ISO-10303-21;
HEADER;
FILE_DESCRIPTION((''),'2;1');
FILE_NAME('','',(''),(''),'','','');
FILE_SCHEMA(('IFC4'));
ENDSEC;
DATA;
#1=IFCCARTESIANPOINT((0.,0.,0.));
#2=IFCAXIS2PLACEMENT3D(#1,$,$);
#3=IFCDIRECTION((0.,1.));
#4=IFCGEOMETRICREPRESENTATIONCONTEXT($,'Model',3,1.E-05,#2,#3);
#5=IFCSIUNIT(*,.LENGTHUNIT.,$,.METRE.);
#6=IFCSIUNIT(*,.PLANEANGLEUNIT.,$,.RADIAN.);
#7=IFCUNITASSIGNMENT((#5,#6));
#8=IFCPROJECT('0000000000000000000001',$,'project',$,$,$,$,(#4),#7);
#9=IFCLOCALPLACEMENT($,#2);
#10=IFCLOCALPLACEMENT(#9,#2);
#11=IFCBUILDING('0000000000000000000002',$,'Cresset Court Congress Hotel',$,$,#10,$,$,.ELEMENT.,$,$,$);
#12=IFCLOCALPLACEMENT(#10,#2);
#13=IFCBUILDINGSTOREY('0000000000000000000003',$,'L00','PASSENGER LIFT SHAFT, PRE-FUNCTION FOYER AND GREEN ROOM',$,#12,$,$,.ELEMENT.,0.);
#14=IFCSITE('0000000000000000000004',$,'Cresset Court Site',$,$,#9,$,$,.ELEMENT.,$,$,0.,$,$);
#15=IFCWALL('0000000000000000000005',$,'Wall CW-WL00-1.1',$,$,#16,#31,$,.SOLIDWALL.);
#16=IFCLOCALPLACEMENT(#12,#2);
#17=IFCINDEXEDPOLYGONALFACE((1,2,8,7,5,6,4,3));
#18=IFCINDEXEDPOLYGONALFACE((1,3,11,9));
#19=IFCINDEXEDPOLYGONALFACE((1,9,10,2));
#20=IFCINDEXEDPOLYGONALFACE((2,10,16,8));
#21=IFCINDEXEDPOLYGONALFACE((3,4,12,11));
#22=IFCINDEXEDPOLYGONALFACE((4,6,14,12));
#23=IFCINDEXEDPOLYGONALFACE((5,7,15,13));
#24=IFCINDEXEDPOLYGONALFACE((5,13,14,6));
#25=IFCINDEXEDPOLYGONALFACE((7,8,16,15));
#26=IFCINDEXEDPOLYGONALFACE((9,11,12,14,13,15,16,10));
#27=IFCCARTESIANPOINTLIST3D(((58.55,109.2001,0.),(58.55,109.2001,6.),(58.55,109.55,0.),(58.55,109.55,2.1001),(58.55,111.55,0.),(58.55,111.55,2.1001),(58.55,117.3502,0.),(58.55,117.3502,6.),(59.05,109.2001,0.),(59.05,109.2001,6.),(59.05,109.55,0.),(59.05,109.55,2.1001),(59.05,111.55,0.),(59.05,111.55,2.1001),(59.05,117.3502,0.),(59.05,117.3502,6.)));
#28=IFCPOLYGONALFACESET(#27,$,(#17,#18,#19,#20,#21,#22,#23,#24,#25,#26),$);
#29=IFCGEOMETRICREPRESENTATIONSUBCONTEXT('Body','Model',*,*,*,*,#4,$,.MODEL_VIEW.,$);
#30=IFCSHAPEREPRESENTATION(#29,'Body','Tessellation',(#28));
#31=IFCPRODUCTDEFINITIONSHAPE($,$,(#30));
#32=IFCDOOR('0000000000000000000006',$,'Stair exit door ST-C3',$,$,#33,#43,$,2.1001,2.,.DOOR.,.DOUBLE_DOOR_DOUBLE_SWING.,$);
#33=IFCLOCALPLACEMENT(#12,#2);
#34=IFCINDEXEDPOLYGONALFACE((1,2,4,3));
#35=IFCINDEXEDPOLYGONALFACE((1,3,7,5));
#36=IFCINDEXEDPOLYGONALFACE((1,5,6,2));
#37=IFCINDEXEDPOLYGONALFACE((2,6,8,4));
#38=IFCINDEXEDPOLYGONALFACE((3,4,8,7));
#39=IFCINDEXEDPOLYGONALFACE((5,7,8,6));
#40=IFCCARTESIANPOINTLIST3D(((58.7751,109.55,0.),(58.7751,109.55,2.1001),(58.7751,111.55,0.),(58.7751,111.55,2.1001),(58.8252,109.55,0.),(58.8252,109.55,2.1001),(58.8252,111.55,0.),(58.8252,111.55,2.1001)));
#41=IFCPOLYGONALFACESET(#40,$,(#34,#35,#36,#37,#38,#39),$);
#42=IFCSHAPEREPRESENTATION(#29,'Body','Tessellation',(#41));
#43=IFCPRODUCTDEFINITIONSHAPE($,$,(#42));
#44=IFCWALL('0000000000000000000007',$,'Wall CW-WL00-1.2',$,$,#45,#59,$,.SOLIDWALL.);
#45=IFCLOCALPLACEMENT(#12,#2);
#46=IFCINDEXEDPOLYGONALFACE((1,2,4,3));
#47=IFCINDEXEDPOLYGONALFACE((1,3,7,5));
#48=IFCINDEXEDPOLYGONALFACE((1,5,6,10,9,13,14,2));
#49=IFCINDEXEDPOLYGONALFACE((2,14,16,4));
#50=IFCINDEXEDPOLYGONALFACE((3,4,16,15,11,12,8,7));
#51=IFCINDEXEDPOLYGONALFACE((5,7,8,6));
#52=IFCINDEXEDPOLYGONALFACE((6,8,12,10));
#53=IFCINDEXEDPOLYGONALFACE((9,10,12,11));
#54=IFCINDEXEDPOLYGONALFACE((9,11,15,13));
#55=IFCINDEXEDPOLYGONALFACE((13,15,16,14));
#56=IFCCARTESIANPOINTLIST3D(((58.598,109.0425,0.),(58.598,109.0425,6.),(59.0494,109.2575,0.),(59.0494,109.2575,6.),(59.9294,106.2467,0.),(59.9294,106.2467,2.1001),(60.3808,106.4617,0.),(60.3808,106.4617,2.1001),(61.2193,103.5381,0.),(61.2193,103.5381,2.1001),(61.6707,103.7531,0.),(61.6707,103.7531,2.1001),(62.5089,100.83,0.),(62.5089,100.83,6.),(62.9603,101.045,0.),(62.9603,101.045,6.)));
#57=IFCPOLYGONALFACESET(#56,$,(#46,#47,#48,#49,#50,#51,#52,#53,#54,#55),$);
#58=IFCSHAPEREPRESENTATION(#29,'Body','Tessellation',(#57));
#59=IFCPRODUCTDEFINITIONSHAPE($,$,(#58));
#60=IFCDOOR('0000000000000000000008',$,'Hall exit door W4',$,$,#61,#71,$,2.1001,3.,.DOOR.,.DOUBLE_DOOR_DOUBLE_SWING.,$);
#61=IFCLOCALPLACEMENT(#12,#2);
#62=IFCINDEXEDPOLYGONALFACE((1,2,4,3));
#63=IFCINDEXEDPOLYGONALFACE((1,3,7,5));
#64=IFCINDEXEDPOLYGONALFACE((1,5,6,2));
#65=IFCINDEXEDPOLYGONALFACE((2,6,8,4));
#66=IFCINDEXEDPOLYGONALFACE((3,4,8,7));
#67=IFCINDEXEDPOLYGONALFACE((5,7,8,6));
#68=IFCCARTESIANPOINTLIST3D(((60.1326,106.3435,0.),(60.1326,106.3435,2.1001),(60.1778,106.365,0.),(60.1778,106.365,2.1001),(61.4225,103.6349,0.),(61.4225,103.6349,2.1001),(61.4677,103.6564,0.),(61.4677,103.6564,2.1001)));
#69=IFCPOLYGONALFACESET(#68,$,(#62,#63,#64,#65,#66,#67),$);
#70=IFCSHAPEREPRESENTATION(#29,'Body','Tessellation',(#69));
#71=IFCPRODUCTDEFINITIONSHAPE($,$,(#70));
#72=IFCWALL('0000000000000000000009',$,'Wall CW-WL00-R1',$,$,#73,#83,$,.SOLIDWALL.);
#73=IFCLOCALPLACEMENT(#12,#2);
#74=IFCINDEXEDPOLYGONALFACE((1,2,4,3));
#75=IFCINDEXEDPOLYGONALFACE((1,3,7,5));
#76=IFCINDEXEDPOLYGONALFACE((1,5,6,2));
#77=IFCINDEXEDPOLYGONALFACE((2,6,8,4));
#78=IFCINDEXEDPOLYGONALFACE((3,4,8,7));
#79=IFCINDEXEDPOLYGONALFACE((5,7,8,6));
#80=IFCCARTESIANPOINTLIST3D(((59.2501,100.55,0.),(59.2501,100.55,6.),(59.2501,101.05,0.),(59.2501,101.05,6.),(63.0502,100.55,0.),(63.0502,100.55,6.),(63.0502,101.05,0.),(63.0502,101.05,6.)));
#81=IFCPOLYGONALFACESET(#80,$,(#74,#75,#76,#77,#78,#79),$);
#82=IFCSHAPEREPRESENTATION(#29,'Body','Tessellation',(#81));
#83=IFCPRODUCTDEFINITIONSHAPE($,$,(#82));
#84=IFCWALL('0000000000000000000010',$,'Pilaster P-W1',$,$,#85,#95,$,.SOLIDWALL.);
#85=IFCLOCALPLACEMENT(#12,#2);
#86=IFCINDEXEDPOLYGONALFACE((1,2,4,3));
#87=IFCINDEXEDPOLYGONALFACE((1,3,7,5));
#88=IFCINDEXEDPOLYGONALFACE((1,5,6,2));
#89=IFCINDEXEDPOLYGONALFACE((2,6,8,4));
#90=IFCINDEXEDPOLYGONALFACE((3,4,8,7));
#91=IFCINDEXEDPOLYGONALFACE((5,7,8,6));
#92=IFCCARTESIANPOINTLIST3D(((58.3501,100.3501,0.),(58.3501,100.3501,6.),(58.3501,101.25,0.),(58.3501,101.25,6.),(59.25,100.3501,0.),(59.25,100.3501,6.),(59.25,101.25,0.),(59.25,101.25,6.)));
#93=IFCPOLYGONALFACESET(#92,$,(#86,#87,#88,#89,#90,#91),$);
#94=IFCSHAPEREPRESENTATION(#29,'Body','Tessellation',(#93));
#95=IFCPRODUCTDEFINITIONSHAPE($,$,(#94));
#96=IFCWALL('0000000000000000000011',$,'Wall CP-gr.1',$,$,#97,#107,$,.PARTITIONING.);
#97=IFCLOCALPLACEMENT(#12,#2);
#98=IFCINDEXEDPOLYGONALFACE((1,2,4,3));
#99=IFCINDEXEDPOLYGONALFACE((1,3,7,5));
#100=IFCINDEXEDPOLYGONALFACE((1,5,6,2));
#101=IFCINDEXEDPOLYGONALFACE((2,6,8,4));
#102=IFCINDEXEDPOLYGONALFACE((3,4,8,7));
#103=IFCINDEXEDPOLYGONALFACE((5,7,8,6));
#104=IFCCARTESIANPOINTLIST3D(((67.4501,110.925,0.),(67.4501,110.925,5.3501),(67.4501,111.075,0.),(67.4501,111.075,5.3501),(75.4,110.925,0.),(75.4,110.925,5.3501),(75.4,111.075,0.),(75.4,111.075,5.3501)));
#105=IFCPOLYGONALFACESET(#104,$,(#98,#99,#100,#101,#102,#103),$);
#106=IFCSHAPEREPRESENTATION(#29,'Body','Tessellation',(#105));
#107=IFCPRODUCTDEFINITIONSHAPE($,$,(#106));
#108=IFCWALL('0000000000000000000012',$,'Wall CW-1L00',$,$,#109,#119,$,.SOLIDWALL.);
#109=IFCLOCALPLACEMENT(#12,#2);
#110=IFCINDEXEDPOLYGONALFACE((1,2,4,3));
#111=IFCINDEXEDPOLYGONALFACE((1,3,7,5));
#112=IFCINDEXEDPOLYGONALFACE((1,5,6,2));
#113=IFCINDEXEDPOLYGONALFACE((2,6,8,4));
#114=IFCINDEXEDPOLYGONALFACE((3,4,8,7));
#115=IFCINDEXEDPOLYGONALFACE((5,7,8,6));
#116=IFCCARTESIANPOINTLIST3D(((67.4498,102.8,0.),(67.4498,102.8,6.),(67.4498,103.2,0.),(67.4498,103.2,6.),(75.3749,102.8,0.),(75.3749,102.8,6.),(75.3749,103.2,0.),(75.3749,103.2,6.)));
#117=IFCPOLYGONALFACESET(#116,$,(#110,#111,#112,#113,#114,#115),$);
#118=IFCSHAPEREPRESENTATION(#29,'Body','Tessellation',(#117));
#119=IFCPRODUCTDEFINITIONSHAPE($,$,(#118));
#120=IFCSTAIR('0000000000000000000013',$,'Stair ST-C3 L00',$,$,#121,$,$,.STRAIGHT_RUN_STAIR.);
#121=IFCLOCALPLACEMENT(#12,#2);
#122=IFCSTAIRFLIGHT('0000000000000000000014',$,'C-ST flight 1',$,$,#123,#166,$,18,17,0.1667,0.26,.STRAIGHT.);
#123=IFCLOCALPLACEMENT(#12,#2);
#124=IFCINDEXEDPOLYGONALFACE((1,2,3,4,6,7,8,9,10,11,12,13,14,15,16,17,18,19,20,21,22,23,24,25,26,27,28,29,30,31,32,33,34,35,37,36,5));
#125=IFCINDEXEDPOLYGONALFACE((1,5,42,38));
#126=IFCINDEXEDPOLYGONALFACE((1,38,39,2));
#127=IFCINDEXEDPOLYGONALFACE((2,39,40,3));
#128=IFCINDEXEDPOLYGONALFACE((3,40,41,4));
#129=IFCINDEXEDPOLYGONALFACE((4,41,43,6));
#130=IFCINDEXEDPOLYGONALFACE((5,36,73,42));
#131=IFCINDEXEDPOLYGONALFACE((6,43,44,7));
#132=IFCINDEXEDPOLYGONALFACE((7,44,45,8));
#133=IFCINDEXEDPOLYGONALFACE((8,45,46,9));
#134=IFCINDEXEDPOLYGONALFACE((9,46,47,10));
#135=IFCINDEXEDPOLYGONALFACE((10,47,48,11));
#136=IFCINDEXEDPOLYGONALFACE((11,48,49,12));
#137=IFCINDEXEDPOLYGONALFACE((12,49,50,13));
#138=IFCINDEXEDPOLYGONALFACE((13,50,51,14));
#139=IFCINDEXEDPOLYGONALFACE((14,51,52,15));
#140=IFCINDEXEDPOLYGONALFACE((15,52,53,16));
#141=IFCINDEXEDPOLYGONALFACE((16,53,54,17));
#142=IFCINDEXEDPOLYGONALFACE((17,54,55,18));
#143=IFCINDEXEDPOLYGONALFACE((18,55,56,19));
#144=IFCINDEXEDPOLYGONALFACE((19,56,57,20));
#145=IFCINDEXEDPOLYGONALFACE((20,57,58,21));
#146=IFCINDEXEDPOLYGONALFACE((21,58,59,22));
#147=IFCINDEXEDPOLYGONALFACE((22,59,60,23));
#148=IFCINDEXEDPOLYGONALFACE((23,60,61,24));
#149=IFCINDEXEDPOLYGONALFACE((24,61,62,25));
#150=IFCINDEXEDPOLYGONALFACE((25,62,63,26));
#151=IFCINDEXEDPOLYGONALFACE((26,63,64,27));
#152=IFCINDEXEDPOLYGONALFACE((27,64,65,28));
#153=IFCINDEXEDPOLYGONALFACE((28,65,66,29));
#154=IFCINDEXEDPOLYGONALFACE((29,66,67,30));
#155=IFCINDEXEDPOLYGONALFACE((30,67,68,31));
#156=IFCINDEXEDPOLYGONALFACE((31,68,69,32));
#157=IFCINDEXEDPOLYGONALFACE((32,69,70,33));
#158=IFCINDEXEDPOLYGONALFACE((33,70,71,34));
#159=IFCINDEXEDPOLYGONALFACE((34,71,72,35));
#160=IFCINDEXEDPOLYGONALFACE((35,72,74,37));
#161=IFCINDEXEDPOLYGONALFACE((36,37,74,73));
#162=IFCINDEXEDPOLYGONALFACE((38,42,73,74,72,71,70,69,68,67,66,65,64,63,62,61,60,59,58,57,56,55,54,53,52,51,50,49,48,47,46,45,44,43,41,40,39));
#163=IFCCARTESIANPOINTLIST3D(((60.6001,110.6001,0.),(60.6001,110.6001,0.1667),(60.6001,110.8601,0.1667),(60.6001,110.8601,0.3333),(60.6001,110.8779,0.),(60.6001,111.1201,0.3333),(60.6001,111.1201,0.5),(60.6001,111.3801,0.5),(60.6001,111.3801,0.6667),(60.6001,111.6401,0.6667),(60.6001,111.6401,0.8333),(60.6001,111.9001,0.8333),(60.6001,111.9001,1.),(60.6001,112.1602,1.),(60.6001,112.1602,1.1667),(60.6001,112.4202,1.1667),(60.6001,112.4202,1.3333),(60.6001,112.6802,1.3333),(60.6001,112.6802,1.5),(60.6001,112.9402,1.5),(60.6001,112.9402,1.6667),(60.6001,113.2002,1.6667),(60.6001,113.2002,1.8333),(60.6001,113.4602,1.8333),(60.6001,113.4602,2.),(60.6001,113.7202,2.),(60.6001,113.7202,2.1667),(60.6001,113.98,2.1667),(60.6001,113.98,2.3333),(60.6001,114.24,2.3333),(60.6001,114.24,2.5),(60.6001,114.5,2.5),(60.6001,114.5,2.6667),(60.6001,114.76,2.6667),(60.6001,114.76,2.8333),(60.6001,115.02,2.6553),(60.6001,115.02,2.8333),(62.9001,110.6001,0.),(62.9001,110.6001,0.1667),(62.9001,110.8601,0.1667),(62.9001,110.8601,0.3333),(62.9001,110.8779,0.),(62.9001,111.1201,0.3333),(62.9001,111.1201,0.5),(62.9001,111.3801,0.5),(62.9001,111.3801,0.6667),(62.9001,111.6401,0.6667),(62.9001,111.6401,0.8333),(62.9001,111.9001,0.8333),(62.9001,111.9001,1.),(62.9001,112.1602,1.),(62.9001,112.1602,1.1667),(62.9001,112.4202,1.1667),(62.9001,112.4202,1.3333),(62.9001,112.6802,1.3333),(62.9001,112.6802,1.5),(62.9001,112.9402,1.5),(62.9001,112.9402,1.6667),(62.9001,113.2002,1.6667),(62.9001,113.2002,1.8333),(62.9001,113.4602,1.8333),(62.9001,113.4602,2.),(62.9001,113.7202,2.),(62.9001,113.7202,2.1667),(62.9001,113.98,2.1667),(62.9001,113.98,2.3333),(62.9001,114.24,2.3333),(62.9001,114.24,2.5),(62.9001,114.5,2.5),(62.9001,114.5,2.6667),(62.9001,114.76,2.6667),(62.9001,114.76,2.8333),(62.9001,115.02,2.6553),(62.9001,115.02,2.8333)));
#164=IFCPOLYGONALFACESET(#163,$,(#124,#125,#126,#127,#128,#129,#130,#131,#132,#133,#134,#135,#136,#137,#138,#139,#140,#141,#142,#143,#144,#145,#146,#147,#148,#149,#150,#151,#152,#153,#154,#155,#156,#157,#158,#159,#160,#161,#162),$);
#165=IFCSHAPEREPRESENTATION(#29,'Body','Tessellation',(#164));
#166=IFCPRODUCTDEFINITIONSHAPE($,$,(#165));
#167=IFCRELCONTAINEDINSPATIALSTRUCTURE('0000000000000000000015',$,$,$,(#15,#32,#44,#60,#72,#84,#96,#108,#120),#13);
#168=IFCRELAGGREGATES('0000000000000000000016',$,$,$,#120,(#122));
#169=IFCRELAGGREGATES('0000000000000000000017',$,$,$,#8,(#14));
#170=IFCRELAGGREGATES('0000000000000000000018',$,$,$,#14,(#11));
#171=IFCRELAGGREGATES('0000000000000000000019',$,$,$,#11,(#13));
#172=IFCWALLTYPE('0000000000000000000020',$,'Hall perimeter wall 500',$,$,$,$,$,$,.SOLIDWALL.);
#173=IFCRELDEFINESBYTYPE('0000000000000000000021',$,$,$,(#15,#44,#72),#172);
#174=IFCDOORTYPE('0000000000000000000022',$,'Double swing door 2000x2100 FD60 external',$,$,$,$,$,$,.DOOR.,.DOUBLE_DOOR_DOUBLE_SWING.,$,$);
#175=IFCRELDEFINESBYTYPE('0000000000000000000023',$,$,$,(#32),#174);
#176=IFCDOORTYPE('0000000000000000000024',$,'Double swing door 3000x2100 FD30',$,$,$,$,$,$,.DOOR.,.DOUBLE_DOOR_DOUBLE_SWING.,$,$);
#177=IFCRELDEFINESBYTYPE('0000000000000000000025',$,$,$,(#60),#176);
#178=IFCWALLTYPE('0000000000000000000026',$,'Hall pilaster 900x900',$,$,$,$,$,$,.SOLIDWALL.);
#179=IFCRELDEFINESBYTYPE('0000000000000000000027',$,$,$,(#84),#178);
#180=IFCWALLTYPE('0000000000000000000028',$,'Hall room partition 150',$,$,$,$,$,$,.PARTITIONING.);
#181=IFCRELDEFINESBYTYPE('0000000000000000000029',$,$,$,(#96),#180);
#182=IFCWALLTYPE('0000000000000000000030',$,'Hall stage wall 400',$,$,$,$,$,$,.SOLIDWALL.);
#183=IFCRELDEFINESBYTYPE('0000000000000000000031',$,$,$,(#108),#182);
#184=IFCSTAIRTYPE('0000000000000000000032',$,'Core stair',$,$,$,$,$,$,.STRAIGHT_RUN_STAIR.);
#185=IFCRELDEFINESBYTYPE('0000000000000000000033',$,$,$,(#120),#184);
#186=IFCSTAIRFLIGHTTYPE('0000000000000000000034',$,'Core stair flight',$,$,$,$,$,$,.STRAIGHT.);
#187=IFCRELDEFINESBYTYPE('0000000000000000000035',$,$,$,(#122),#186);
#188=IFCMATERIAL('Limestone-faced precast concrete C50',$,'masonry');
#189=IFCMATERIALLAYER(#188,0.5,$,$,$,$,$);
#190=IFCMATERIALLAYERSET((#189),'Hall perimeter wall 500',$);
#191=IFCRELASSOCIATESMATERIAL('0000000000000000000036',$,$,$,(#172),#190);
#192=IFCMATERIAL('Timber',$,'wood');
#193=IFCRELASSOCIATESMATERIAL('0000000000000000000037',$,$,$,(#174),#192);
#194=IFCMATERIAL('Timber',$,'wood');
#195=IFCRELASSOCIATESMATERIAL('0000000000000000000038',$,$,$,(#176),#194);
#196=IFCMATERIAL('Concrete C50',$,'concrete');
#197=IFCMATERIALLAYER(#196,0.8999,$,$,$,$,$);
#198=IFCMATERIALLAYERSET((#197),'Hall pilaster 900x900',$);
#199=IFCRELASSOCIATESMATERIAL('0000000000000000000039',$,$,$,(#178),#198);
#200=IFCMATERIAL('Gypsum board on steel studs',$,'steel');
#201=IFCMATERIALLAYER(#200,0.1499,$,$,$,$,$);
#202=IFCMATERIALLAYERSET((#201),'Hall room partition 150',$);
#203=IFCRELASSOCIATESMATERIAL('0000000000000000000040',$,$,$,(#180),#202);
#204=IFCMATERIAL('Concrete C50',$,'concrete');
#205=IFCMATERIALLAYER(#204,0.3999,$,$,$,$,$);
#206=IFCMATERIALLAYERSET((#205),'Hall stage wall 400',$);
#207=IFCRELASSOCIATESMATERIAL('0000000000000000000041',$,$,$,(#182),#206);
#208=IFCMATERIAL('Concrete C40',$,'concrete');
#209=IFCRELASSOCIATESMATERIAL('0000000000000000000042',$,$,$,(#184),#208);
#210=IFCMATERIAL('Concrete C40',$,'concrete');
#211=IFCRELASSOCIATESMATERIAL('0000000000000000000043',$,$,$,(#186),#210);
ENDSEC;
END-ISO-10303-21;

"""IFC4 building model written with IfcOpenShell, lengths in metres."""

from ifc_helpers import new_model, si_unit, direction, frame, frame_2d, origin, place, context, subcontext, project, spatial, polyline, rectangle, outline, extrude, material, layer, layer_set, type_object, element, fill, aggregate, save


model = new_model("IFC4")

# Units and contexts
model_context = context("Model", 3, precision=1e-05, world=origin(), true_north=direction((0.0, 1.0)))
body_context = subcontext(model_context, "Body", "Model", "MODEL_VIEW")
ifc_project = project(units=[si_unit("LENGTHUNIT", "METRE"), si_unit("PLANEANGLEUNIT", "RADIAN")], contexts=[model_context])

# Site, building, storey
site_placement = place(None, origin())
site = spatial("IfcSite", under=ifc_project, at=site_placement, Name="Cresset Court Site", CompositionType="ELEMENT", RefElevation=0.0)
building_placement = place(site_placement, origin())
building = spatial("IfcBuilding", under=site, at=building_placement, Name="Cresset Court Congress Hotel", CompositionType="ELEMENT")
storey_placement = place(building_placement, origin())
storey = spatial("IfcBuildingStorey", under=building, at=storey_placement, Name="L00", Description="PASSENGER LIFT SHAFT, PRE-FUNCTION FOYER AND GREEN ROOM", CompositionType="ELEMENT", Elevation=0.0)

# Walls, openings, doors
ifc_material_1 = material(Name="Limestone-faced precast concrete C50", Category="masonry")
ifc_layer_1 = layer(ifc_material_1, 0.5)
ifc_layer_set_1 = layer_set([ifc_layer_1], Name="Hall perimeter wall 500")
wall_type_1 = type_object("IfcWallType", Name="Hall perimeter wall 500", PredefinedType="SOLIDWALL", material=ifc_layer_set_1)
wall_1_placement = place(storey_placement, frame((58.8, 109.2, 0.0), z_axis=(0.0, 0.0, 1.0), x_axis=(0.0, 1.0, 0.0)))
wall_1 = element("IfcWall", 1, at=wall_1_placement, inside=storey, type_object=wall_type_1, Name="Wall CW-WL00-1.1", PredefinedType="SOLIDWALL", context=body_context, shape_type="SweptSolid", body=[
    extrude(rectangle(XDim=8.1501, YDim=0.5, at=frame_2d((4.0752, 0.0))), origin(), (0.0, 0.0, 1.0), 6.0),
])
opening_1_placement = place(wall_1_placement, frame((0.3501, 0.0, 0.0)))
opening_1 = element("IfcOpeningElement", 2, at=opening_1_placement, cuts=wall_1, PredefinedType="OPENING", context=body_context, shape_type="SweptSolid", body=[
    extrude(rectangle(XDim=2.0, YDim=2.1001, at=frame_2d((1.0, 1.05))), frame((0.0, 0.26, 0.0), z_axis=(0.0, -1.0, 0.0), x_axis=(1.0, 0.0, 0.0)), (0.0, 0.0, 1.0), 0.52),
])
ifc_material_2 = material(Name="Timber", Category="wood")
door_type_1 = type_object("IfcDoorType", Name="Double swing door 2000x2100 FD60 external", OperationType="DOUBLE_DOOR_DOUBLE_SWING", PredefinedType="DOOR", material=ifc_material_2)
door_1_placement = place(opening_1_placement, origin())
door_1 = element("IfcDoor", 3, at=door_1_placement, inside=storey, type_object=door_type_1, Name="Stair exit door ST-C3", OperationType="DOUBLE_DOOR_DOUBLE_SWING", OverallHeight=2.1001, OverallWidth=2.0, PredefinedType="DOOR", context=body_context, shape_type="SweptSolid", body=[
    extrude(rectangle(XDim=2.0, YDim=2.1001, at=frame_2d((1.0, 1.05))), frame((0.0, 0.0249, 0.0), z_axis=(0.0, -1.0, 0.0), x_axis=(1.0, 0.0, 0.0)), (0.0, 0.0, 1.0), 0.05),
])
fill(opening_1, door_1)
wall_2_placement = place(storey_placement, frame((62.7346, 100.9375, 0.0), z_axis=(0.0, 0.0, 1.0), x_axis=(-0.429953, 0.902851, 0.0)))
wall_2 = element("IfcWall", 4, at=wall_2_placement, inside=storey, type_object=wall_type_1, Name="Wall CW-WL00-1.2", PredefinedType="SOLIDWALL", context=body_context, shape_type="SweptSolid", body=[
    extrude(rectangle(XDim=9.0962, YDim=0.5, at=frame_2d((4.5481, 0.0))), origin(), (0.0, 0.0, 1.0), 6.0),
])
opening_2_placement = place(wall_2_placement, frame((2.9995, 0.0, 0.0)))
opening_2 = element("IfcOpeningElement", 5, at=opening_2_placement, cuts=wall_2, PredefinedType="OPENING", context=body_context, shape_type="SweptSolid", body=[
    extrude(rectangle(XDim=3.0, YDim=2.1001, at=frame_2d((1.5, 1.05))), frame((0.0, 0.26, 0.0), z_axis=(0.0, -1.0, 0.0), x_axis=(1.0, 0.0, 0.0)), (0.0, 0.0, 1.0), 0.52),
])
ifc_material_3 = material(Name="Timber", Category="wood")
door_type_2 = type_object("IfcDoorType", Name="Double swing door 3000x2100 FD30", OperationType="DOUBLE_DOOR_DOUBLE_SWING", PredefinedType="DOOR", material=ifc_material_3)
door_2_placement = place(opening_2_placement, origin())
door_2 = element("IfcDoor", 6, at=door_2_placement, inside=storey, type_object=door_type_2, Name="Hall exit door W4", OperationType="DOUBLE_DOOR_DOUBLE_SWING", OverallHeight=2.1001, OverallWidth=3.0, PredefinedType="DOOR", context=body_context, shape_type="SweptSolid", body=[
    extrude(rectangle(XDim=3.0, YDim=2.1001, at=frame_2d((1.5, 1.05))), frame((0.0, 0.0249, 0.0), z_axis=(0.0, -1.0, 0.0), x_axis=(1.0, 0.0, 0.0)), (0.0, 0.0, 1.0), 0.05),
])
fill(opening_2, door_2)

# Walls
wall_3_placement = place(storey_placement, frame((63.05, 100.8, 0.0), z_axis=(0.0, 0.0, 1.0), x_axis=(-1.0, 0.0, 0.0)))
element("IfcWall", 7, at=wall_3_placement, inside=storey, type_object=wall_type_1, Name="Wall CW-WL00-R1", PredefinedType="SOLIDWALL", context=body_context, shape_type="SweptSolid", body=[
    extrude(rectangle(XDim=3.8, YDim=0.5, at=frame_2d((1.8999, 0.0))), origin(), (0.0, 0.0, 1.0), 6.0),
])
ifc_material_4 = material(Name="Concrete C50", Category="concrete")
ifc_layer_2 = layer(ifc_material_4, 0.8999)
ifc_layer_set_2 = layer_set([ifc_layer_2], Name="Hall pilaster 900x900")
wall_type_2 = type_object("IfcWallType", Name="Hall pilaster 900x900", PredefinedType="SOLIDWALL", material=ifc_layer_set_2)
wall_4_placement = place(storey_placement, frame((58.8, 101.25, 0.0), z_axis=(0.0, 0.0, 1.0), x_axis=(0.0, -1.0, 0.0)))
element("IfcWall", 8, at=wall_4_placement, inside=storey, type_object=wall_type_2, Name="Pilaster P-W1", PredefinedType="SOLIDWALL", context=body_context, shape_type="SweptSolid", body=[
    extrude(rectangle(XDim=0.8999, YDim=0.8999, at=frame_2d((0.45, 0.0))), origin(), (0.0, 0.0, 1.0), 6.0),
])
ifc_material_5 = material(Name="Gypsum board on steel studs", Category="steel")
ifc_layer_3 = layer(ifc_material_5, 0.1499)
ifc_layer_set_3 = layer_set([ifc_layer_3], Name="Hall room partition 150")
wall_type_3 = type_object("IfcWallType", Name="Hall room partition 150", PredefinedType="PARTITIONING", material=ifc_layer_set_3)
wall_5_placement = place(storey_placement, frame((67.45, 111.0, 0.0), z_axis=(0.0, 0.0, 1.0), x_axis=(1.0, 0.0, 0.0)))
element("IfcWall", 9, at=wall_5_placement, inside=storey, type_object=wall_type_3, Name="Wall CP-gr.1", PredefinedType="PARTITIONING", context=body_context, shape_type="SweptSolid", body=[
    extrude(rectangle(XDim=7.95, YDim=0.1499, at=frame_2d((3.9751, 0.0))), origin(), (0.0, 0.0, 1.0), 5.3501),
])
ifc_material_6 = material(Name="Concrete C50", Category="concrete")
ifc_layer_4 = layer(ifc_material_6, 0.3999)
ifc_layer_set_4 = layer_set([ifc_layer_4], Name="Hall stage wall 400")
wall_type_4 = type_object("IfcWallType", Name="Hall stage wall 400", PredefinedType="SOLIDWALL", material=ifc_layer_set_4)
wall_6_placement = place(storey_placement, frame((67.45, 103.0, 0.0), z_axis=(0.0, 0.0, 1.0), x_axis=(1.0, 0.0, 0.0)))
element("IfcWall", 10, at=wall_6_placement, inside=storey, type_object=wall_type_4, Name="Wall CW-1L00", PredefinedType="SOLIDWALL", context=body_context, shape_type="SweptSolid", body=[
    extrude(rectangle(XDim=7.925, YDim=0.3999, at=frame_2d((3.9624, 0.0))), origin(), (0.0, 0.0, 1.0), 6.0),
])

# Stair, stair flight
ifc_material_7 = material(Name="Concrete C40", Category="concrete")
stair_type = type_object("IfcStairType", Name="Core stair", PredefinedType="STRAIGHT_RUN_STAIR", material=ifc_material_7)
stair_placement = place(storey_placement, origin())
stair = element("IfcStair", 11, at=stair_placement, inside=storey, type_object=stair_type, Name="Stair ST-C3 L00", PredefinedType="STRAIGHT_RUN_STAIR")
ifc_material_8 = material(Name="Concrete C40", Category="concrete")
stair_flight_type = type_object("IfcStairFlightType", Name="Core stair flight", PredefinedType="STRAIGHT", material=ifc_material_8)
stair_flight_1_placement = place(storey_placement, frame((61.75, 110.6001, 0.0), z_axis=(0.0, 0.0, 1.0), x_axis=(0.0, 1.0, 0.0)))
stair_flight_1 = element("IfcStairFlight", 12, at=stair_flight_1_placement, type_object=stair_flight_type, Name="C-ST flight 1", NumberOfRisers=18, NumberOfTreads=17, PredefinedType="STRAIGHT", RiserHeight=0.1667, TreadLength=0.26, context=body_context, shape_type="SweptSolid", body=[
    extrude(outline(polyline([(0.0, 0.0), (0.0, 0.1667), (0.26, 0.1667), (0.26, 0.3333), (0.52, 0.3333), (0.52, 0.5), (0.78, 0.5), (0.78, 0.6667), (1.04, 0.6667), (1.04, 0.8333), (1.3, 0.8333), (1.3, 1.0), (1.5601, 1.0), (1.5601, 1.1667), (1.8201, 1.1667), (1.8201, 1.3333), (2.0801, 1.3333), (2.0801, 1.5), (2.3401, 1.5), (2.3401, 1.6667), (2.6001, 1.6667), (2.6001, 1.8333), (2.8601, 1.8333), (2.8601, 2.0), (3.1201, 2.0), (3.1201, 2.1667), (3.3799, 2.1667), (3.3799, 2.3333), (3.6399, 2.3333), (3.6399, 2.5), (3.8999, 2.5), (3.8999, 2.6667), (4.1599, 2.6667), (4.1599, 2.8333), (4.4199, 2.8333), (4.4199, 3.0), (4.4199, 2.6553), (0.2778, 0.0), (0.0, 0.0)])), frame((0.0, 1.1499, 0.0), z_axis=(0.0, -1.0, 0.0), x_axis=(1.0, 0.0, 0.0)), (0.0, 0.0, 1.0), 2.3),
])
aggregate(stair, [stair_flight_1])

save(model, "model.ifc")
